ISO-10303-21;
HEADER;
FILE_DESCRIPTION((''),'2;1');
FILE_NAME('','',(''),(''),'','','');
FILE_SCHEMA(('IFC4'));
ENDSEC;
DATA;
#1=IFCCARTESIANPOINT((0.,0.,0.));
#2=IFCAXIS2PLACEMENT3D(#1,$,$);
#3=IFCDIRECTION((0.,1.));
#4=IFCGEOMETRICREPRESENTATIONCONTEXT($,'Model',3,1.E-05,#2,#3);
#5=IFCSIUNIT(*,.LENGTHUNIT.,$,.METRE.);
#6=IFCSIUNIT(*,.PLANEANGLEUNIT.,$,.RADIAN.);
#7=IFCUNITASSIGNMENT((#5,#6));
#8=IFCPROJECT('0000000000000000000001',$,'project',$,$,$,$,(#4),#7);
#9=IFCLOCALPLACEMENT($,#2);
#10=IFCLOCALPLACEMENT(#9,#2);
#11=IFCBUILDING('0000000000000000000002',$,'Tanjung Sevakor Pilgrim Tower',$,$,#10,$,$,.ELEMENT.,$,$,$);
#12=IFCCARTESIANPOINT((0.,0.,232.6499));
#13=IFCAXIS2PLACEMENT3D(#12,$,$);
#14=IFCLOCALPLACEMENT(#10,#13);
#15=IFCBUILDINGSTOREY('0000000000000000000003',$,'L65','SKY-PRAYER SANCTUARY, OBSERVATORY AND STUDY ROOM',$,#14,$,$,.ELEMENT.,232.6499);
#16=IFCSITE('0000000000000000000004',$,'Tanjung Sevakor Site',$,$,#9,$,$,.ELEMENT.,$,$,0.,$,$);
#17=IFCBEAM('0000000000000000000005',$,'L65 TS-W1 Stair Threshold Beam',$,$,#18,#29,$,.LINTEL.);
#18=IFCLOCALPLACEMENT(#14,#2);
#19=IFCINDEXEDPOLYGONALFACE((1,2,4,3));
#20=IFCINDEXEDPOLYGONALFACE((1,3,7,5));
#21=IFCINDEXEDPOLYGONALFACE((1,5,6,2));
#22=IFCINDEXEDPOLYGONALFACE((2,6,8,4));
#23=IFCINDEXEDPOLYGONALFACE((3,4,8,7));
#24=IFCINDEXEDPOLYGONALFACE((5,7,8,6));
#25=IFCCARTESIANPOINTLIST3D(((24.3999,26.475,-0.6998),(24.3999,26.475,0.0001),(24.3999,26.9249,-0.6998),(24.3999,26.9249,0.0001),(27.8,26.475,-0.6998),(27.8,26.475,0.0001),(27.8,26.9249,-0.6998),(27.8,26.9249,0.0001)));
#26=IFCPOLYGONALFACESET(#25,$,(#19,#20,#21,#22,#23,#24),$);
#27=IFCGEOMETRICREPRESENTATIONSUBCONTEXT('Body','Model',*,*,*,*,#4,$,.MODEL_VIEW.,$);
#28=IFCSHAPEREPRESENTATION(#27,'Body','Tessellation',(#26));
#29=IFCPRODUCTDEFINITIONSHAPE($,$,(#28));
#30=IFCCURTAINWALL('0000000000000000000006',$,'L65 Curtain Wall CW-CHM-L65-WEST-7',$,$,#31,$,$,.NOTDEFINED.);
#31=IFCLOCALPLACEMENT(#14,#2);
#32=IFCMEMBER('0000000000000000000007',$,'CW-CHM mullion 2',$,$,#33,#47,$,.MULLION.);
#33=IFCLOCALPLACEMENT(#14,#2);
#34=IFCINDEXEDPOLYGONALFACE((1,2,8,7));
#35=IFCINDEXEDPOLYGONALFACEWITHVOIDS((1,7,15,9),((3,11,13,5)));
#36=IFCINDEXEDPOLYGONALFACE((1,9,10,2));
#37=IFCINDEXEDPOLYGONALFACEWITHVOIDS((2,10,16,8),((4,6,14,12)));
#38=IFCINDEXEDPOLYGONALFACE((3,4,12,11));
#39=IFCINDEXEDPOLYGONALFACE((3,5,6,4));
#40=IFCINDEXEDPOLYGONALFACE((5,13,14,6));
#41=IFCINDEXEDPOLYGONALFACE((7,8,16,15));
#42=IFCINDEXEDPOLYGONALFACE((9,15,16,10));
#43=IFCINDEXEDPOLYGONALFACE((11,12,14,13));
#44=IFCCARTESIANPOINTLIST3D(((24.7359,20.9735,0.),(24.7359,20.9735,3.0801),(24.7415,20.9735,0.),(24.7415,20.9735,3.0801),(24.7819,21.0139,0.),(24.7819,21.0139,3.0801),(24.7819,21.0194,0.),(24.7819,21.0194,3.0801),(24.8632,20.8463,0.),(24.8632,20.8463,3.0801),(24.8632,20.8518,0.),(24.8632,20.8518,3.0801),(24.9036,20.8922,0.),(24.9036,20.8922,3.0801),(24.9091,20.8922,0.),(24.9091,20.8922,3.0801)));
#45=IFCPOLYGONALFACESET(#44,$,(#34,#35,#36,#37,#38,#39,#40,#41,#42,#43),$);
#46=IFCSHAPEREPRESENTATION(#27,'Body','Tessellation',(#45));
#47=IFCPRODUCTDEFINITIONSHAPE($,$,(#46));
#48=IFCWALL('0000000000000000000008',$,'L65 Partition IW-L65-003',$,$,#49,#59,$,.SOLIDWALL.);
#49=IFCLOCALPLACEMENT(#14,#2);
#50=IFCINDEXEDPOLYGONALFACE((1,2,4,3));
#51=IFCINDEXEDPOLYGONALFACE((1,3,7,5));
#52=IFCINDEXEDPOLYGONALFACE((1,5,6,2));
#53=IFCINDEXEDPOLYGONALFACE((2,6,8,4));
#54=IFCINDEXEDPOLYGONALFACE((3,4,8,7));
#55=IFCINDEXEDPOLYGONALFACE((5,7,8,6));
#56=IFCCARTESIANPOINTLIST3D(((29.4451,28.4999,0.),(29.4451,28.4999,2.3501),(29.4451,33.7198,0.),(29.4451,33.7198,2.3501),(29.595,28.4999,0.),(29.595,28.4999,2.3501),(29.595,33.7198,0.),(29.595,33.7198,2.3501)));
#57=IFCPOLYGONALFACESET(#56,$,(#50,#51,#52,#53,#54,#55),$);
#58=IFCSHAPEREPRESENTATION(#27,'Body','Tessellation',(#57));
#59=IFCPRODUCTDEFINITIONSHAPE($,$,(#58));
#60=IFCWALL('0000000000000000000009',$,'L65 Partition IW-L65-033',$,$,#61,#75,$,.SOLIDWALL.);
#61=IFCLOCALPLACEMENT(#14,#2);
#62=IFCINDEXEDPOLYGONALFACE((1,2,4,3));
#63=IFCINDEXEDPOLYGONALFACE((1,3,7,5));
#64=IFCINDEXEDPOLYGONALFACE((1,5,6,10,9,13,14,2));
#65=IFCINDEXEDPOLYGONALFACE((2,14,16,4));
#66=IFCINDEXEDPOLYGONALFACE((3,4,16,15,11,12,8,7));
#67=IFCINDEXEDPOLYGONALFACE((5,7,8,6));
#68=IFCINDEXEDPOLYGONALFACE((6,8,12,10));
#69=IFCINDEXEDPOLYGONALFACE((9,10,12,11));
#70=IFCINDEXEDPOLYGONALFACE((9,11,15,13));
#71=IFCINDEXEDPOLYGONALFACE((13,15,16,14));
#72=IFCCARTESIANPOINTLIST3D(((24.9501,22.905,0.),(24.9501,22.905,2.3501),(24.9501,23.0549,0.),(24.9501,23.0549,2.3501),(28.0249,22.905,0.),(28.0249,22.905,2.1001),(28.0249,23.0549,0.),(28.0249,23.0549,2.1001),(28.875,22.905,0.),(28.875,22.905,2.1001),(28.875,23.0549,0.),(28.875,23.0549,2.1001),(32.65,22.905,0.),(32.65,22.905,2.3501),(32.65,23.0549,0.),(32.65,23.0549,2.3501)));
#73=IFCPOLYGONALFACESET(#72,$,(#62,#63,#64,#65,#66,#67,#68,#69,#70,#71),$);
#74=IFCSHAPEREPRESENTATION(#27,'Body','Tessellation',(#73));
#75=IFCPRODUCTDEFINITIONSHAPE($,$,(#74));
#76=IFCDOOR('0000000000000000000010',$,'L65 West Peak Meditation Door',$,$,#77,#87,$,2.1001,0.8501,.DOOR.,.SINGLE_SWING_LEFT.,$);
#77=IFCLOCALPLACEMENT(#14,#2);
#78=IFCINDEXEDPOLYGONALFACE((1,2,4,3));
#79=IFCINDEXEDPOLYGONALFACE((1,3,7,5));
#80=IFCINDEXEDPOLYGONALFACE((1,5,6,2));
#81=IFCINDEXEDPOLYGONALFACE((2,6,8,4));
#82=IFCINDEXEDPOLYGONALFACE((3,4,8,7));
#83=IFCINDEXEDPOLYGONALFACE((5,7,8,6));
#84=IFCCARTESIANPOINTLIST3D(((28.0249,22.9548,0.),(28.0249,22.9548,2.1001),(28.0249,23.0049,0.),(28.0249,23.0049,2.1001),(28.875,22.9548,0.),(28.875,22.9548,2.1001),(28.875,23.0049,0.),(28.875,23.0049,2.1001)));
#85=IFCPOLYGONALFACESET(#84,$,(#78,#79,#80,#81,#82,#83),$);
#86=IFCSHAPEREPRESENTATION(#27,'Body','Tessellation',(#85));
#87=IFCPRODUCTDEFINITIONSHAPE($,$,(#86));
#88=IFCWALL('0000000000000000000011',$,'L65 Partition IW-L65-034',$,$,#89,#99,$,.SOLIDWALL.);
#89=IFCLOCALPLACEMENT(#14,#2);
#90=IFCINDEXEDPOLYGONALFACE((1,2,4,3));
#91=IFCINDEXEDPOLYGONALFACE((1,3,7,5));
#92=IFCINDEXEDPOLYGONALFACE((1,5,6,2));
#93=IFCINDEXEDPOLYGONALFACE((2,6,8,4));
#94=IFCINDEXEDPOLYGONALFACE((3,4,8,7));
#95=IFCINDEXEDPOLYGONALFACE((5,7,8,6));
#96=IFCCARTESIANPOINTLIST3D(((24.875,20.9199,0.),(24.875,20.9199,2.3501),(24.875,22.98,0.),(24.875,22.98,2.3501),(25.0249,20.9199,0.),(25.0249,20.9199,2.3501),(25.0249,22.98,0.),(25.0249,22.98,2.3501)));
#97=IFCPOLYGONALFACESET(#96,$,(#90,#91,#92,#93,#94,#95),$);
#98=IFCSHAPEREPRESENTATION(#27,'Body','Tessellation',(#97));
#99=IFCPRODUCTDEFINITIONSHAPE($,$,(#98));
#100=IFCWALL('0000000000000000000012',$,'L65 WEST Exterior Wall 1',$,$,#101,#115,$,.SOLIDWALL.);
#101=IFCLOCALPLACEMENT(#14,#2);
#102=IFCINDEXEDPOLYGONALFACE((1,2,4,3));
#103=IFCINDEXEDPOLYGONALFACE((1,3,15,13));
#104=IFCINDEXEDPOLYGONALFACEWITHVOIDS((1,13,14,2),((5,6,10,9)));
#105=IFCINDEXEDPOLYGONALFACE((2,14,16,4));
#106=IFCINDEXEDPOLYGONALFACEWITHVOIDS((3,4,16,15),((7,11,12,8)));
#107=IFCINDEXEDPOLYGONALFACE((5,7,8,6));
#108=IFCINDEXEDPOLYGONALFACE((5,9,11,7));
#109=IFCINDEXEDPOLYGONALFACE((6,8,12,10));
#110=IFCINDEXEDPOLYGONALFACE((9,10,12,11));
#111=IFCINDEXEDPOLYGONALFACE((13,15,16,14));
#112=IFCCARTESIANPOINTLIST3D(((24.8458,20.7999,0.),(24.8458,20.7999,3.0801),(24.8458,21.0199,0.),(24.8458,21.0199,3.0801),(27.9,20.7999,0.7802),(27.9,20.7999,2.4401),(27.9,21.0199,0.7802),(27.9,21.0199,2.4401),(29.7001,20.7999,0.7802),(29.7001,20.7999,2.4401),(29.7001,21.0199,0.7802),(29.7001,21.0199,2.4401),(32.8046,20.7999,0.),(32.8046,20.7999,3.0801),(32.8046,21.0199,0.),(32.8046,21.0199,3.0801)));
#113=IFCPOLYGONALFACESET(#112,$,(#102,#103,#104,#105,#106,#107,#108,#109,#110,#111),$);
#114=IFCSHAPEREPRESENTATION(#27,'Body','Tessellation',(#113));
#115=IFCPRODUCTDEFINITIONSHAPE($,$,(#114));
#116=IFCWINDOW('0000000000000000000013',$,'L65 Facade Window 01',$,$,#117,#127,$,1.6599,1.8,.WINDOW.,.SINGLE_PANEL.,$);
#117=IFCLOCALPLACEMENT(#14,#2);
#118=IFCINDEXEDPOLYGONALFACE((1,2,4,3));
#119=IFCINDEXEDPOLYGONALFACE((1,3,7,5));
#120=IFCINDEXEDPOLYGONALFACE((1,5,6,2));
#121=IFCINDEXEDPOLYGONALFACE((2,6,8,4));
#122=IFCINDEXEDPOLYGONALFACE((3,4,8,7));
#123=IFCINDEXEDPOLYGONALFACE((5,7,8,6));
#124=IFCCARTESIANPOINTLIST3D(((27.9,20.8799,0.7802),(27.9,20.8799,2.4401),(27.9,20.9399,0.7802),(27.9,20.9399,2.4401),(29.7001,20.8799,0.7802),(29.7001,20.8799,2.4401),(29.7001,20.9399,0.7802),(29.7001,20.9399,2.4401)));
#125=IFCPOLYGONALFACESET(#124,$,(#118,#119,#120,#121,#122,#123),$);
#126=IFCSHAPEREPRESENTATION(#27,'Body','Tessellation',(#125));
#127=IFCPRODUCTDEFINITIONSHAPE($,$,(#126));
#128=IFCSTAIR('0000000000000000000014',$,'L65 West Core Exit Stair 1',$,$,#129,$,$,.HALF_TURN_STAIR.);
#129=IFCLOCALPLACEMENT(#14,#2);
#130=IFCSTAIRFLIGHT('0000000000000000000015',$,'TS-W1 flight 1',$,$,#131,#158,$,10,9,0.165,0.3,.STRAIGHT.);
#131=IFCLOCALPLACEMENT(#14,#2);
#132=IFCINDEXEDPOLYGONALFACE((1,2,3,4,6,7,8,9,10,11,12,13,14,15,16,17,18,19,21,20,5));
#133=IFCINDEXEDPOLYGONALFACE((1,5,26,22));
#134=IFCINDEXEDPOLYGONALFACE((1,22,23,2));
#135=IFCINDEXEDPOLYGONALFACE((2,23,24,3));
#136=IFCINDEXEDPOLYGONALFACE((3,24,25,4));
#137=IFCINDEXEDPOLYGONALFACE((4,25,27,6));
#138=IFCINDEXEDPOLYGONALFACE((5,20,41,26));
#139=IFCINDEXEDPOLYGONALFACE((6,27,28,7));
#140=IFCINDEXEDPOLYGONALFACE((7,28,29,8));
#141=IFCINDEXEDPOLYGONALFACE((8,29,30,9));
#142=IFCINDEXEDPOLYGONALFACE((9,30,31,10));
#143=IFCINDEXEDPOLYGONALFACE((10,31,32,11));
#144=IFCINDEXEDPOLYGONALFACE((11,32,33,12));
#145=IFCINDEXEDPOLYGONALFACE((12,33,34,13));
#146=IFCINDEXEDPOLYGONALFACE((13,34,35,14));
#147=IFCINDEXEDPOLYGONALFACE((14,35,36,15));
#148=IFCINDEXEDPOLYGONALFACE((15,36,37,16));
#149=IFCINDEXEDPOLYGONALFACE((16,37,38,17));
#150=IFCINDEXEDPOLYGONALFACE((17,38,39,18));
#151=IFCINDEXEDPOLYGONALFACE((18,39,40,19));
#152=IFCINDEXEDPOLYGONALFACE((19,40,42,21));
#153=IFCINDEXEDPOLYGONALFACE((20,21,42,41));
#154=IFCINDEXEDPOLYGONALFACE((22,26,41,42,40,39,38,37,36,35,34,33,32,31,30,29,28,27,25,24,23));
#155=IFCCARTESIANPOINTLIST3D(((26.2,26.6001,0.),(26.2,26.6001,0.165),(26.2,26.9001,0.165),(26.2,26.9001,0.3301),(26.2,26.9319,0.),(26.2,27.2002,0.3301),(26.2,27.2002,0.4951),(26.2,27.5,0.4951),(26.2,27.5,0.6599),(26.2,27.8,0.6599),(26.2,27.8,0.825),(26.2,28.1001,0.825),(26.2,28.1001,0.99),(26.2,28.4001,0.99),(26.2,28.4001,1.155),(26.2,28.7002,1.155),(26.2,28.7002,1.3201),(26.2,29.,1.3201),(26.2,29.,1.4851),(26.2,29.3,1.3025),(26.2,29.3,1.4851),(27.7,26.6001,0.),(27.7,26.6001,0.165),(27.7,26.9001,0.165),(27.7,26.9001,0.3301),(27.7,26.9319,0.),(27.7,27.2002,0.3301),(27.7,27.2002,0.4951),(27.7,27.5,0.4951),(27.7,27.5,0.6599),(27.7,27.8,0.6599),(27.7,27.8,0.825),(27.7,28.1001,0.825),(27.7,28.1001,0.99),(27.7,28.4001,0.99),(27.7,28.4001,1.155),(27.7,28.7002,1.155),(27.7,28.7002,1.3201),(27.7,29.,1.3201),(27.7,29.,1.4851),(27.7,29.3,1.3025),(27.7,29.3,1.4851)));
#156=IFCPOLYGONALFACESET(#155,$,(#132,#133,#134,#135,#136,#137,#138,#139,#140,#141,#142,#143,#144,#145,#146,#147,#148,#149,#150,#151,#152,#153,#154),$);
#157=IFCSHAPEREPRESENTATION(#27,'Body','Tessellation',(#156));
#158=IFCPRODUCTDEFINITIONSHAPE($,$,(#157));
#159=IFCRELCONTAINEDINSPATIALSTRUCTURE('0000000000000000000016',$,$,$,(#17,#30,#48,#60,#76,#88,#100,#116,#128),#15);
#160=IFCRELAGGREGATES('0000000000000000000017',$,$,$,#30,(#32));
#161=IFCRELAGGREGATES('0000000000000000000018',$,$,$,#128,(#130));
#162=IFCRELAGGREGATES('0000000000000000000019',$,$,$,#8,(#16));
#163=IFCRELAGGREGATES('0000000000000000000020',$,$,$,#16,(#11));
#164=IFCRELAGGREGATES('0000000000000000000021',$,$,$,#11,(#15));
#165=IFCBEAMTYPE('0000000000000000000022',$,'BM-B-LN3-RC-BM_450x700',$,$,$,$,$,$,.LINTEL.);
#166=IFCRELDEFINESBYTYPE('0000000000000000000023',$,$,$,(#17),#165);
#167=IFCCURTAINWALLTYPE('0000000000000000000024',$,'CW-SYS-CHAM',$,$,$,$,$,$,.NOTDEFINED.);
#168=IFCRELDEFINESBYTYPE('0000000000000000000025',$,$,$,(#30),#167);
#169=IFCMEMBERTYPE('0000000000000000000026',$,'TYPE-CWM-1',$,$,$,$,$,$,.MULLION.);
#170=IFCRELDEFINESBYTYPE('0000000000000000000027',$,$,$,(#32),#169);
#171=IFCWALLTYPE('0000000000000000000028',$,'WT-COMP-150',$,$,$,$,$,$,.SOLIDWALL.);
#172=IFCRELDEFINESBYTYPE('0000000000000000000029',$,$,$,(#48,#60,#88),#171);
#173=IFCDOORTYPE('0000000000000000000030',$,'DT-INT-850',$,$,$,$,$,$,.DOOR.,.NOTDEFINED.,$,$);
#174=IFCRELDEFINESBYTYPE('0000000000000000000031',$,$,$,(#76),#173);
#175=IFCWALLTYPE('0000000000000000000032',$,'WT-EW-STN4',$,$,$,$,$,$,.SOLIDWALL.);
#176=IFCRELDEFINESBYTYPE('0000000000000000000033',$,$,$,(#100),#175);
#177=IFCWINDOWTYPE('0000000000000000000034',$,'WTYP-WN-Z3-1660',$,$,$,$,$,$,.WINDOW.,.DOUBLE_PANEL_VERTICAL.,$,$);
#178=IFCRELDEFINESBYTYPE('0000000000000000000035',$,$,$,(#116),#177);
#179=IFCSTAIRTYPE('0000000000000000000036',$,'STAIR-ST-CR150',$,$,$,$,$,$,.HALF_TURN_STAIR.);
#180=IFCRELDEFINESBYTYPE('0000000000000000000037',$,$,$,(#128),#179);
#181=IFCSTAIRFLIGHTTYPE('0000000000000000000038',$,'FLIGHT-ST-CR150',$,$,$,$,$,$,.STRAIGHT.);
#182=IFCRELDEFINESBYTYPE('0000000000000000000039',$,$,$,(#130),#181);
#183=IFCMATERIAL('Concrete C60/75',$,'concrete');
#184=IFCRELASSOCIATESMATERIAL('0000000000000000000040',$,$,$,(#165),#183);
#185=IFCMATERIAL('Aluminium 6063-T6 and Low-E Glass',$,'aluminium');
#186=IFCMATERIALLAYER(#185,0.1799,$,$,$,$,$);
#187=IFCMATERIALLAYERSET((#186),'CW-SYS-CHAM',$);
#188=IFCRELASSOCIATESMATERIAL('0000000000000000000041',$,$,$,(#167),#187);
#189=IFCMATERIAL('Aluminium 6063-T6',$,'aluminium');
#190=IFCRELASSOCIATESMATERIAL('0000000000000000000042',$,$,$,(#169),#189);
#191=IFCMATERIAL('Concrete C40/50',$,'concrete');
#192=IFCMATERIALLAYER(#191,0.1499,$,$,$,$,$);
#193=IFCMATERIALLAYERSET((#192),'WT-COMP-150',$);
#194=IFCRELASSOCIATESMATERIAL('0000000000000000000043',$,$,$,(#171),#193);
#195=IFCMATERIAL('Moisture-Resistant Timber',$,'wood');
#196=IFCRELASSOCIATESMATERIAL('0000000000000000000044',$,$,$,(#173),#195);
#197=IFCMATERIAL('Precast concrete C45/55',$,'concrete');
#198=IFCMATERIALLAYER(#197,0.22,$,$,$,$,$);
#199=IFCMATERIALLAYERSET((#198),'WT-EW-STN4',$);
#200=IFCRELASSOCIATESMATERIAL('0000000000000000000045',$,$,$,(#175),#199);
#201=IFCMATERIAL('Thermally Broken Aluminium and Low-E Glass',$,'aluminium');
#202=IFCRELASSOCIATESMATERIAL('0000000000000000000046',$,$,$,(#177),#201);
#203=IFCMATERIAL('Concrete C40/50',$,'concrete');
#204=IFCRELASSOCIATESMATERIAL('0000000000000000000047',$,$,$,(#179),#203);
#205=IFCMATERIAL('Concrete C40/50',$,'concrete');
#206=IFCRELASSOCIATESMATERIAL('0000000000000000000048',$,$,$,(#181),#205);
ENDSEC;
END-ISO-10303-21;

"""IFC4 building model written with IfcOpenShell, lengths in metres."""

from ifc_helpers import new_model, si_unit, direction, frame, frame_2d, origin, origin_2d, place, context, subcontext, project, spatial, polyline, rectangle, hollow_rectangle, outline, extrude, material, layer, layer_set, material_profile, profile_set, type_object, element, fill, aggregate, save


model = new_model("IFC4")

# Units and contexts
model_context = context("Model", 3, precision=1e-05, world=origin(), true_north=direction((0.0, 1.0)))
body_context = subcontext(model_context, "Body", "Model", "MODEL_VIEW")
ifc_project = project(units=[si_unit("LENGTHUNIT", "METRE"), si_unit("PLANEANGLEUNIT", "RADIAN")], contexts=[model_context])

# Site, building, storey
site_placement = place(None, origin())
site = spatial("IfcSite", under=ifc_project, at=site_placement, Name="Tanjung Sevakor Site", CompositionType="ELEMENT", RefElevation=0.0)
building_placement = place(site_placement, origin())
building = spatial("IfcBuilding", under=site, at=building_placement, Name="Tanjung Sevakor Pilgrim Tower", CompositionType="ELEMENT")
storey_placement = place(building_placement, frame((0.0, 0.0, 232.6499)))
storey = spatial("IfcBuildingStorey", under=building, at=storey_placement, Name="L65", Description="SKY-PRAYER SANCTUARY, OBSERVATORY AND STUDY ROOM", CompositionType="ELEMENT", Elevation=232.6499)

# Beam
ifc_material_1 = material(Name="Concrete C60/75", Category="concrete")
ifc_material_profile_1 = material_profile(ifc_material_1, rectangle(XDim=0.45, YDim=0.7, at=origin_2d()))
ifc_profile_set_1 = profile_set([ifc_material_profile_1], Name="Concrete C60/75")
beam_type = type_object("IfcBeamType", Name="BM-B-LN3-RC-BM_450x700", PredefinedType="LINTEL", material=ifc_profile_set_1)
beam_placement = place(storey_placement, frame((24.3999, 26.7, -0.3499), z_axis=(1.0, 0.0, 0.0), x_axis=(0.0, 1.0, 0.0)))
element("IfcBeam", 1, at=beam_placement, inside=storey, type_object=beam_type, Name="L65 TS-W1 Stair Threshold Beam", PredefinedType="LINTEL", context=body_context, shape_type="SweptSolid", body=[
    extrude(rectangle(XDim=0.45, YDim=0.7, at=origin_2d()), origin(), (0.0, 0.0, 1.0), 3.4001),
])

# Curtain wall, member
ifc_material_2 = material(Name="Aluminium 6063-T6 and Low-E Glass", Category="aluminium")
ifc_layer_1 = layer(ifc_material_2, 0.1799)
ifc_layer_set_1 = layer_set([ifc_layer_1], Name="CW-SYS-CHAM")
curtain_wall_type = type_object("IfcCurtainWallType", Name="CW-SYS-CHAM", PredefinedType="NOTDEFINED", material=ifc_layer_set_1)
curtain_wall_placement = place(storey_placement, origin())
curtain_wall = element("IfcCurtainWall", 2, at=curtain_wall_placement, inside=storey, type_object=curtain_wall_type, Name="L65 Curtain Wall CW-CHM-L65-WEST-7", PredefinedType="NOTDEFINED")
ifc_material_3 = material(Name="Aluminium 6063-T6", Category="aluminium")
ifc_material_profile_2 = material_profile(ifc_material_3, hollow_rectangle(XDim=0.0649, YDim=0.1799, WallThickness=0.0039, at=origin_2d()))
ifc_profile_set_2 = profile_set([ifc_material_profile_2], Name="Aluminium 6063-T6")
member_type = type_object("IfcMemberType", Name="TYPE-CWM-1", PredefinedType="MULLION", material=ifc_profile_set_2)
member_placement = place(storey_placement, frame((24.8225, 20.9329, 0.0), z_axis=(0.0, 0.0, 1.0), x_axis=(0.707107, 0.707107, 0.0)))
member = element("IfcMember", 3, at=member_placement, type_object=member_type, Name="CW-CHM mullion 2", PredefinedType="MULLION", context=body_context, shape_type="SweptSolid", body=[
    extrude(hollow_rectangle(XDim=0.0649, YDim=0.1799, WallThickness=0.0039, at=origin_2d()), origin(), (0.0, 0.0, 1.0), 3.0801),
])
aggregate(curtain_wall, [member])

# Wall
ifc_material_4 = material(Name="Concrete C40/50", Category="concrete")
ifc_layer_2 = layer(ifc_material_4, 0.1499)
ifc_layer_set_2 = layer_set([ifc_layer_2], Name="WT-COMP-150")
wall_type_1 = type_object("IfcWallType", Name="WT-COMP-150", PredefinedType="SOLIDWALL", material=ifc_layer_set_2)
wall_1_placement = place(storey_placement, frame((29.52, 28.5, 0.0), z_axis=(0.0, 0.0, 1.0), x_axis=(0.0, 1.0, 0.0)))
element("IfcWall", 4, at=wall_1_placement, inside=storey, type_object=wall_type_1, Name="L65 Partition IW-L65-003", PredefinedType="SOLIDWALL", context=body_context, shape_type="SweptSolid", body=[
    extrude(rectangle(XDim=5.22, YDim=0.1499, at=frame_2d((2.6099, 0.0))), origin(), (0.0, 0.0, 1.0), 2.3501),
])

# Wall, opening, door
wall_2_placement = place(storey_placement, frame((24.95, 22.98, 0.0), z_axis=(0.0, 0.0, 1.0), x_axis=(1.0, 0.0, 0.0)))
wall_2 = element("IfcWall", 5, at=wall_2_placement, inside=storey, type_object=wall_type_1, Name="L65 Partition IW-L65-033", PredefinedType="SOLIDWALL", context=body_context, shape_type="SweptSolid", body=[
    extrude(rectangle(XDim=7.7, YDim=0.1499, at=frame_2d((3.8501, 0.0))), origin(), (0.0, 0.0, 1.0), 2.3501),
])
opening_1_placement = place(wall_2_placement, frame((3.075, 0.0, 0.0)))
opening_1 = element("IfcOpeningElement", 6, at=opening_1_placement, cuts=wall_2, PredefinedType="OPENING", context=body_context, shape_type="SweptSolid", body=[
    extrude(rectangle(XDim=0.8501, YDim=2.1001, at=frame_2d((0.425, 1.05))), frame((0.0, 0.085, 0.0), z_axis=(0.0, -1.0, 0.0), x_axis=(1.0, 0.0, 0.0)), (0.0, 0.0, 1.0), 0.1699),
])
ifc_material_5 = material(Name="Moisture-Resistant Timber", Category="wood")
door_type_1 = type_object("IfcDoorType", Name="DT-INT-850", OperationType="NOTDEFINED", PredefinedType="DOOR", material=ifc_material_5)
door_1_placement = place(opening_1_placement, origin())
door_1 = element("IfcDoor", 7, at=door_1_placement, inside=storey, type_object=door_type_1, Name="L65 West Peak Meditation Door", OperationType="SINGLE_SWING_LEFT", OverallHeight=2.1001, OverallWidth=0.8501, PredefinedType="DOOR", context=body_context, shape_type="SweptSolid", body=[
    extrude(rectangle(XDim=0.8501, YDim=2.1001, at=frame_2d((0.425, 1.05))), frame((0.0, 0.0249, 0.0), z_axis=(0.0, -1.0, 0.0), x_axis=(1.0, 0.0, 0.0)), (0.0, 0.0, 1.0), 0.05),
])
fill(opening_1, door_1)

# Wall
wall_3_placement = place(storey_placement, frame((24.95, 20.9199, 0.0), z_axis=(0.0, 0.0, 1.0), x_axis=(0.0, 1.0, 0.0)))
element("IfcWall", 8, at=wall_3_placement, inside=storey, type_object=wall_type_1, Name="L65 Partition IW-L65-034", PredefinedType="SOLIDWALL", context=body_context, shape_type="SweptSolid", body=[
    extrude(rectangle(XDim=2.0601, YDim=0.1499, at=frame_2d((1.03, 0.0))), origin(), (0.0, 0.0, 1.0), 2.3501),
])

# Wall, opening, window
ifc_material_6 = material(Name="Precast concrete C45/55", Category="concrete")
ifc_layer_3 = layer(ifc_material_6, 0.22)
ifc_layer_set_3 = layer_set([ifc_layer_3], Name="WT-EW-STN4")
wall_type_2 = type_object("IfcWallType", Name="WT-EW-STN4", PredefinedType="SOLIDWALL", material=ifc_layer_set_3)
wall_4_placement = place(storey_placement, frame((24.8457, 20.9099, 0.0), z_axis=(0.0, 0.0, 1.0), x_axis=(1.0, 0.0, 0.0)))
wall_4 = element("IfcWall", 9, at=wall_4_placement, inside=storey, type_object=wall_type_2, Name="L65 WEST Exterior Wall 1", PredefinedType="SOLIDWALL", context=body_context, shape_type="SweptSolid", body=[
    extrude(rectangle(XDim=7.9587, YDim=0.22, at=frame_2d((3.9795, 0.0))), origin(), (0.0, 0.0, 1.0), 3.0801),
])
opening_2_placement = place(wall_4_placement, frame((3.0544, 0.0, 0.78)))
opening_2 = element("IfcOpeningElement", 10, at=opening_2_placement, cuts=wall_4, PredefinedType="OPENING", context=body_context, shape_type="SweptSolid", body=[
    extrude(rectangle(XDim=1.8, YDim=1.6599, at=frame_2d((0.8999, 0.8301))), frame((0.0, 0.1199, 0.0), z_axis=(0.0, -1.0, 0.0), x_axis=(1.0, 0.0, 0.0)), (0.0, 0.0, 1.0), 0.24),
])
ifc_material_7 = material(Name="Thermally Broken Aluminium and Low-E Glass", Category="aluminium")
window_type = type_object("IfcWindowType", Name="WTYP-WN-Z3-1660", PartitioningType="DOUBLE_PANEL_VERTICAL", PredefinedType="WINDOW", material=ifc_material_7)
window_placement = place(opening_2_placement, origin())
window = element("IfcWindow", 11, at=window_placement, inside=storey, type_object=window_type, Name="L65 Facade Window 01", OverallHeight=1.6599, OverallWidth=1.8, PartitioningType="SINGLE_PANEL", PredefinedType="WINDOW", context=body_context, shape_type="SweptSolid", body=[
    extrude(rectangle(XDim=1.8, YDim=1.6599, at=frame_2d((0.8999, 0.8301))), frame((0.0, 0.03, 0.0), z_axis=(0.0, -1.0, 0.0), x_axis=(1.0, 0.0, 0.0)), (0.0, 0.0, 1.0), 0.0601),
])
fill(opening_2, window)

# Stair, stair flight
ifc_material_8 = material(Name="Concrete C40/50", Category="concrete")
stair_type = type_object("IfcStairType", Name="STAIR-ST-CR150", PredefinedType="HALF_TURN_STAIR", material=ifc_material_8)
stair_placement = place(storey_placement, origin())
stair = element("IfcStair", 12, at=stair_placement, inside=storey, type_object=stair_type, Name="L65 West Core Exit Stair 1", PredefinedType="HALF_TURN_STAIR")
ifc_material_9 = material(Name="Concrete C40/50", Category="concrete")
stair_flight_type = type_object("IfcStairFlightType", Name="FLIGHT-ST-CR150", PredefinedType="STRAIGHT", material=ifc_material_9)
stair_flight_1_placement = place(storey_placement, frame((26.95, 26.6001, 0.0), z_axis=(0.0, 0.0, 1.0), x_axis=(0.0, 1.0, 0.0)))
stair_flight_1 = element("IfcStairFlight", 13, at=stair_flight_1_placement, type_object=stair_flight_type, Name="TS-W1 flight 1", NumberOfRisers=10, NumberOfTreads=9, PredefinedType="STRAIGHT", RiserHeight=0.165, TreadLength=0.3, context=body_context, shape_type="SweptSolid", body=[
    extrude(outline(polyline([(0.0, 0.0), (0.0, 0.165), (0.3, 0.165), (0.3, 0.3301), (0.6001, 0.3301), (0.6001, 0.4951), (0.8999, 0.4951), (0.8999, 0.6599), (1.2, 0.6599), (1.2, 0.825), (1.5, 0.825), (1.5, 0.99), (1.8, 0.99), (1.8, 1.155), (2.1001, 1.155), (2.1001, 1.3201), (2.3999, 1.3201), (2.3999, 1.4851), (2.7, 1.4851), (2.7, 1.6499), (2.7, 1.3025), (0.3318, 0.0), (0.0, 0.0)])), frame((0.0, 0.75, 0.0), z_axis=(0.0, -1.0, 0.0), x_axis=(1.0, 0.0, 0.0)), (0.0, 0.0, 1.0), 1.5),
])
aggregate(stair, [stair_flight_1])

save(model, "model.ifc")
